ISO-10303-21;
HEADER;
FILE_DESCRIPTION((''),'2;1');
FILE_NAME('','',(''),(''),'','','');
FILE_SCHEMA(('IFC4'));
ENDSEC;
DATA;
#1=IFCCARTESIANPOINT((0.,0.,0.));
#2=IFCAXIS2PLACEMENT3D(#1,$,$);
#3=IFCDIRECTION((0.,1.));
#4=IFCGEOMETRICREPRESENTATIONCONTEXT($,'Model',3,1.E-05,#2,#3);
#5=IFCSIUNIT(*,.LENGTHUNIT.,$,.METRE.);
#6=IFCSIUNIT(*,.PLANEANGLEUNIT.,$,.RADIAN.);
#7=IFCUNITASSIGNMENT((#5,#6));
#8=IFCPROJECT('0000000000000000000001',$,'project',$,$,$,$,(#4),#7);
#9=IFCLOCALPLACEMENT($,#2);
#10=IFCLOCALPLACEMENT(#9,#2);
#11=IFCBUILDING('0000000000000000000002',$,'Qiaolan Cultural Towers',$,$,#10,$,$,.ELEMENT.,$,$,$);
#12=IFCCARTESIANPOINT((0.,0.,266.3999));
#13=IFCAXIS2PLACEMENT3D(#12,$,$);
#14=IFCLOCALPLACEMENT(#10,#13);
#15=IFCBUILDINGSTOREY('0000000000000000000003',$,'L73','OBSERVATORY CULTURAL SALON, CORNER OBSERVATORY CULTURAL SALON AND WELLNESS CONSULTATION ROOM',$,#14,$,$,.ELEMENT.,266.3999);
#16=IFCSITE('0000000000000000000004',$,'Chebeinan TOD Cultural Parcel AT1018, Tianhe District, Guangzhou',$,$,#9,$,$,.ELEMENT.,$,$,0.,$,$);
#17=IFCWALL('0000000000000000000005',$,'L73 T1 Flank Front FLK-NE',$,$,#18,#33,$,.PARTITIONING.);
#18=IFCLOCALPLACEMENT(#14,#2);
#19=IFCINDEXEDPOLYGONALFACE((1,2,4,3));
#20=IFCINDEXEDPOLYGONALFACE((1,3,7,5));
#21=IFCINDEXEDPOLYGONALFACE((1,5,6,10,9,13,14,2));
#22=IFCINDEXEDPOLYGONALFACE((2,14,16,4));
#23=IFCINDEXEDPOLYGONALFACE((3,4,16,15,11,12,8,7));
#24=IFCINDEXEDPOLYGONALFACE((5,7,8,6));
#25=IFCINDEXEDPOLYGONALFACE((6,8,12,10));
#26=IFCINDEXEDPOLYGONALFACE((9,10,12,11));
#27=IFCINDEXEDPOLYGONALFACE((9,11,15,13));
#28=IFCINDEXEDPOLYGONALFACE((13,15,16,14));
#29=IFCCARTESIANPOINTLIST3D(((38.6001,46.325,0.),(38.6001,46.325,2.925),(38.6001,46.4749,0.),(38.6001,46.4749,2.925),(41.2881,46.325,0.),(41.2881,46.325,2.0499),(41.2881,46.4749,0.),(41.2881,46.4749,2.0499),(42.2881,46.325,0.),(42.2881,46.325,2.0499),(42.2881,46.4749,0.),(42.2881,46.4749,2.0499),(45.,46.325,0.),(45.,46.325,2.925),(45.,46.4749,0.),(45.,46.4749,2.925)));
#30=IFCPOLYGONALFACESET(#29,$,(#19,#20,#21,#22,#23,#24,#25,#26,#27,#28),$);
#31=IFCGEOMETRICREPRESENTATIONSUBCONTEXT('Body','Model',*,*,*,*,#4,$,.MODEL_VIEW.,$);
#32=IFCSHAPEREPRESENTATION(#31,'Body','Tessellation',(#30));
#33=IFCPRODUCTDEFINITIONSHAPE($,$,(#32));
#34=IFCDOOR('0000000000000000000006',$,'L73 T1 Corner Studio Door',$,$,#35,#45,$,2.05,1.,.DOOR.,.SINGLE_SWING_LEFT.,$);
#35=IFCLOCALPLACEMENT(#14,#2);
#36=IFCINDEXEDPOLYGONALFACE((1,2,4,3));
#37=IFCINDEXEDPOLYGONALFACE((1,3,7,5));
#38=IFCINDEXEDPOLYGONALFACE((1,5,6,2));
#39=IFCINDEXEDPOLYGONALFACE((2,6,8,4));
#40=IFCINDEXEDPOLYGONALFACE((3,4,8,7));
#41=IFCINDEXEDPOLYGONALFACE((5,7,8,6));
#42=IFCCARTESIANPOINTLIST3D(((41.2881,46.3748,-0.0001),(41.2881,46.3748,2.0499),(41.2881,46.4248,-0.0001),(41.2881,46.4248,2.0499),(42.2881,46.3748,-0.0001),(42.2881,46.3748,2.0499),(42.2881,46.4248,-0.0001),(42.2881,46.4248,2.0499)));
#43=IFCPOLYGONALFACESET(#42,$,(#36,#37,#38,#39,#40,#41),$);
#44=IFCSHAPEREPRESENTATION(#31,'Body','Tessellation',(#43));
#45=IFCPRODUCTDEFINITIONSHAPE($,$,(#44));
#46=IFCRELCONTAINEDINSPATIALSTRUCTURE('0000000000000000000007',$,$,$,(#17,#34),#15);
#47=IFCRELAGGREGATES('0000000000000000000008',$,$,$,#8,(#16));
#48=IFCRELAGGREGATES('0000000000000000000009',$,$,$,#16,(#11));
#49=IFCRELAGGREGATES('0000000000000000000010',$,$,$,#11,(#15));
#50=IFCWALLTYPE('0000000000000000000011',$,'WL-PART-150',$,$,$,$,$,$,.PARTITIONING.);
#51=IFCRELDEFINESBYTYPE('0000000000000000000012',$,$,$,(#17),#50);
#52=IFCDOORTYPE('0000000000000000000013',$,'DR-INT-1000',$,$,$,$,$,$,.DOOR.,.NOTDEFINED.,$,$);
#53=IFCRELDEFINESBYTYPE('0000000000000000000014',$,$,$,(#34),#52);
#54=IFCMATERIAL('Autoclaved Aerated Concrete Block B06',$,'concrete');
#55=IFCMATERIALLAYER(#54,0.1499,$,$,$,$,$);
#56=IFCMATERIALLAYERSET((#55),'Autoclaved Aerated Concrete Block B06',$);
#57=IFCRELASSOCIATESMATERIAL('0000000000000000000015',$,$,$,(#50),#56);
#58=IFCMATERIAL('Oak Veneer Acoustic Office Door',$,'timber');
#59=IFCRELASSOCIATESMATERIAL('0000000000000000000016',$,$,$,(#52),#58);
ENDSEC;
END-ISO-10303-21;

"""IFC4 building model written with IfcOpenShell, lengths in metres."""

from ifc_helpers import new_model, si_unit, direction, frame, frame_2d, origin, place, context, subcontext, project, spatial, rectangle, extrude, material, layer, layer_set, type_object, element, fill, save


model = new_model("IFC4")

# Units and contexts
model_context = context("Model", 3, precision=1e-05, world=origin(), true_north=direction((0.0, 1.0)))
body_context = subcontext(model_context, "Body", "Model", "MODEL_VIEW")
ifc_project = project(units=[si_unit("LENGTHUNIT", "METRE"), si_unit("PLANEANGLEUNIT", "RADIAN")], contexts=[model_context])

# Site, building, storey
site_placement = place(None, origin())
site = spatial("IfcSite", under=ifc_project, at=site_placement, Name="Chebeinan TOD Cultural Parcel AT1018, Tianhe District, Guangzhou", CompositionType="ELEMENT", RefElevation=0.0)
building_placement = place(site_placement, origin())
building = spatial("IfcBuilding", under=site, at=building_placement, Name="Qiaolan Cultural Towers", CompositionType="ELEMENT")
storey_placement = place(building_placement, frame((0.0, 0.0, 266.3999)))
storey = spatial("IfcBuildingStorey", under=building, at=storey_placement, Name="L73", Description="OBSERVATORY CULTURAL SALON, CORNER OBSERVATORY CULTURAL SALON AND WELLNESS CONSULTATION ROOM", CompositionType="ELEMENT", Elevation=266.3999)

# Shared definitions
ifc_material_1 = material(Name="Autoclaved Aerated Concrete Block B06", Category="concrete")
ifc_layer_1 = layer(ifc_material_1, 0.1499)
ifc_layer_set_1 = layer_set([ifc_layer_1], Name="Autoclaved Aerated Concrete Block B06")
wall_type_1 = type_object("IfcWallType", Name="WL-PART-150", PredefinedType="PARTITIONING", material=ifc_layer_set_1)

# Wall, opening, door
wall_1_placement = place(storey_placement, frame((38.6001, 46.3999, 0.0), z_axis=(0.0, 0.0, 1.0), x_axis=(1.0, 0.0, 0.0)))
wall_1 = element("IfcWall", 1, at=wall_1_placement, inside=storey, type_object=wall_type_1, Name="L73 T1 Flank Front FLK-NE", PredefinedType="PARTITIONING", context=body_context, shape_type="SweptSolid", body=[
    extrude(rectangle(XDim=6.3999, YDim=0.1499, at=frame_2d((3.2, 0.0))), origin(), (0.0, 0.0, 1.0), 2.925),
])
opening_1_placement = place(wall_1_placement, frame((2.688, 0.0, 0.0)))
opening_1 = element("IfcOpeningElement", 2, at=opening_1_placement, cuts=wall_1, PredefinedType="OPENING", context=body_context, shape_type="SweptSolid", body=[
    extrude(rectangle(XDim=1.0, YDim=2.05, at=frame_2d((0.5, 1.0249))), frame((0.0, 0.085, 0.0), z_axis=(0.0, -1.0, 0.0), x_axis=(1.0, 0.0, 0.0)), (0.0, 0.0, 1.0), 0.1699),
])
ifc_material_2 = material(Name="Oak Veneer Acoustic Office Door", Category="timber")
door_type_1 = type_object("IfcDoorType", Name="DR-INT-1000", OperationType="NOTDEFINED", PredefinedType="DOOR", material=ifc_material_2)
door_1_placement = place(opening_1_placement, origin())
door_1 = element("IfcDoor", 3, at=door_1_placement, inside=storey, type_object=door_type_1, Name="L73 T1 Corner Studio Door", OperationType="SINGLE_SWING_LEFT", OverallHeight=2.05, OverallWidth=1.0, PredefinedType="DOOR", context=body_context, shape_type="SweptSolid", body=[
    extrude(rectangle(XDim=1.0, YDim=2.05, at=frame_2d((0.5, 1.0249))), frame((0.0, 0.0249, 0.0), z_axis=(0.0, -1.0, 0.0), x_axis=(1.0, 0.0, 0.0)), (0.0, 0.0, 1.0), 0.05),
])
fill(opening_1, door_1)

save(model, "model.ifc")
